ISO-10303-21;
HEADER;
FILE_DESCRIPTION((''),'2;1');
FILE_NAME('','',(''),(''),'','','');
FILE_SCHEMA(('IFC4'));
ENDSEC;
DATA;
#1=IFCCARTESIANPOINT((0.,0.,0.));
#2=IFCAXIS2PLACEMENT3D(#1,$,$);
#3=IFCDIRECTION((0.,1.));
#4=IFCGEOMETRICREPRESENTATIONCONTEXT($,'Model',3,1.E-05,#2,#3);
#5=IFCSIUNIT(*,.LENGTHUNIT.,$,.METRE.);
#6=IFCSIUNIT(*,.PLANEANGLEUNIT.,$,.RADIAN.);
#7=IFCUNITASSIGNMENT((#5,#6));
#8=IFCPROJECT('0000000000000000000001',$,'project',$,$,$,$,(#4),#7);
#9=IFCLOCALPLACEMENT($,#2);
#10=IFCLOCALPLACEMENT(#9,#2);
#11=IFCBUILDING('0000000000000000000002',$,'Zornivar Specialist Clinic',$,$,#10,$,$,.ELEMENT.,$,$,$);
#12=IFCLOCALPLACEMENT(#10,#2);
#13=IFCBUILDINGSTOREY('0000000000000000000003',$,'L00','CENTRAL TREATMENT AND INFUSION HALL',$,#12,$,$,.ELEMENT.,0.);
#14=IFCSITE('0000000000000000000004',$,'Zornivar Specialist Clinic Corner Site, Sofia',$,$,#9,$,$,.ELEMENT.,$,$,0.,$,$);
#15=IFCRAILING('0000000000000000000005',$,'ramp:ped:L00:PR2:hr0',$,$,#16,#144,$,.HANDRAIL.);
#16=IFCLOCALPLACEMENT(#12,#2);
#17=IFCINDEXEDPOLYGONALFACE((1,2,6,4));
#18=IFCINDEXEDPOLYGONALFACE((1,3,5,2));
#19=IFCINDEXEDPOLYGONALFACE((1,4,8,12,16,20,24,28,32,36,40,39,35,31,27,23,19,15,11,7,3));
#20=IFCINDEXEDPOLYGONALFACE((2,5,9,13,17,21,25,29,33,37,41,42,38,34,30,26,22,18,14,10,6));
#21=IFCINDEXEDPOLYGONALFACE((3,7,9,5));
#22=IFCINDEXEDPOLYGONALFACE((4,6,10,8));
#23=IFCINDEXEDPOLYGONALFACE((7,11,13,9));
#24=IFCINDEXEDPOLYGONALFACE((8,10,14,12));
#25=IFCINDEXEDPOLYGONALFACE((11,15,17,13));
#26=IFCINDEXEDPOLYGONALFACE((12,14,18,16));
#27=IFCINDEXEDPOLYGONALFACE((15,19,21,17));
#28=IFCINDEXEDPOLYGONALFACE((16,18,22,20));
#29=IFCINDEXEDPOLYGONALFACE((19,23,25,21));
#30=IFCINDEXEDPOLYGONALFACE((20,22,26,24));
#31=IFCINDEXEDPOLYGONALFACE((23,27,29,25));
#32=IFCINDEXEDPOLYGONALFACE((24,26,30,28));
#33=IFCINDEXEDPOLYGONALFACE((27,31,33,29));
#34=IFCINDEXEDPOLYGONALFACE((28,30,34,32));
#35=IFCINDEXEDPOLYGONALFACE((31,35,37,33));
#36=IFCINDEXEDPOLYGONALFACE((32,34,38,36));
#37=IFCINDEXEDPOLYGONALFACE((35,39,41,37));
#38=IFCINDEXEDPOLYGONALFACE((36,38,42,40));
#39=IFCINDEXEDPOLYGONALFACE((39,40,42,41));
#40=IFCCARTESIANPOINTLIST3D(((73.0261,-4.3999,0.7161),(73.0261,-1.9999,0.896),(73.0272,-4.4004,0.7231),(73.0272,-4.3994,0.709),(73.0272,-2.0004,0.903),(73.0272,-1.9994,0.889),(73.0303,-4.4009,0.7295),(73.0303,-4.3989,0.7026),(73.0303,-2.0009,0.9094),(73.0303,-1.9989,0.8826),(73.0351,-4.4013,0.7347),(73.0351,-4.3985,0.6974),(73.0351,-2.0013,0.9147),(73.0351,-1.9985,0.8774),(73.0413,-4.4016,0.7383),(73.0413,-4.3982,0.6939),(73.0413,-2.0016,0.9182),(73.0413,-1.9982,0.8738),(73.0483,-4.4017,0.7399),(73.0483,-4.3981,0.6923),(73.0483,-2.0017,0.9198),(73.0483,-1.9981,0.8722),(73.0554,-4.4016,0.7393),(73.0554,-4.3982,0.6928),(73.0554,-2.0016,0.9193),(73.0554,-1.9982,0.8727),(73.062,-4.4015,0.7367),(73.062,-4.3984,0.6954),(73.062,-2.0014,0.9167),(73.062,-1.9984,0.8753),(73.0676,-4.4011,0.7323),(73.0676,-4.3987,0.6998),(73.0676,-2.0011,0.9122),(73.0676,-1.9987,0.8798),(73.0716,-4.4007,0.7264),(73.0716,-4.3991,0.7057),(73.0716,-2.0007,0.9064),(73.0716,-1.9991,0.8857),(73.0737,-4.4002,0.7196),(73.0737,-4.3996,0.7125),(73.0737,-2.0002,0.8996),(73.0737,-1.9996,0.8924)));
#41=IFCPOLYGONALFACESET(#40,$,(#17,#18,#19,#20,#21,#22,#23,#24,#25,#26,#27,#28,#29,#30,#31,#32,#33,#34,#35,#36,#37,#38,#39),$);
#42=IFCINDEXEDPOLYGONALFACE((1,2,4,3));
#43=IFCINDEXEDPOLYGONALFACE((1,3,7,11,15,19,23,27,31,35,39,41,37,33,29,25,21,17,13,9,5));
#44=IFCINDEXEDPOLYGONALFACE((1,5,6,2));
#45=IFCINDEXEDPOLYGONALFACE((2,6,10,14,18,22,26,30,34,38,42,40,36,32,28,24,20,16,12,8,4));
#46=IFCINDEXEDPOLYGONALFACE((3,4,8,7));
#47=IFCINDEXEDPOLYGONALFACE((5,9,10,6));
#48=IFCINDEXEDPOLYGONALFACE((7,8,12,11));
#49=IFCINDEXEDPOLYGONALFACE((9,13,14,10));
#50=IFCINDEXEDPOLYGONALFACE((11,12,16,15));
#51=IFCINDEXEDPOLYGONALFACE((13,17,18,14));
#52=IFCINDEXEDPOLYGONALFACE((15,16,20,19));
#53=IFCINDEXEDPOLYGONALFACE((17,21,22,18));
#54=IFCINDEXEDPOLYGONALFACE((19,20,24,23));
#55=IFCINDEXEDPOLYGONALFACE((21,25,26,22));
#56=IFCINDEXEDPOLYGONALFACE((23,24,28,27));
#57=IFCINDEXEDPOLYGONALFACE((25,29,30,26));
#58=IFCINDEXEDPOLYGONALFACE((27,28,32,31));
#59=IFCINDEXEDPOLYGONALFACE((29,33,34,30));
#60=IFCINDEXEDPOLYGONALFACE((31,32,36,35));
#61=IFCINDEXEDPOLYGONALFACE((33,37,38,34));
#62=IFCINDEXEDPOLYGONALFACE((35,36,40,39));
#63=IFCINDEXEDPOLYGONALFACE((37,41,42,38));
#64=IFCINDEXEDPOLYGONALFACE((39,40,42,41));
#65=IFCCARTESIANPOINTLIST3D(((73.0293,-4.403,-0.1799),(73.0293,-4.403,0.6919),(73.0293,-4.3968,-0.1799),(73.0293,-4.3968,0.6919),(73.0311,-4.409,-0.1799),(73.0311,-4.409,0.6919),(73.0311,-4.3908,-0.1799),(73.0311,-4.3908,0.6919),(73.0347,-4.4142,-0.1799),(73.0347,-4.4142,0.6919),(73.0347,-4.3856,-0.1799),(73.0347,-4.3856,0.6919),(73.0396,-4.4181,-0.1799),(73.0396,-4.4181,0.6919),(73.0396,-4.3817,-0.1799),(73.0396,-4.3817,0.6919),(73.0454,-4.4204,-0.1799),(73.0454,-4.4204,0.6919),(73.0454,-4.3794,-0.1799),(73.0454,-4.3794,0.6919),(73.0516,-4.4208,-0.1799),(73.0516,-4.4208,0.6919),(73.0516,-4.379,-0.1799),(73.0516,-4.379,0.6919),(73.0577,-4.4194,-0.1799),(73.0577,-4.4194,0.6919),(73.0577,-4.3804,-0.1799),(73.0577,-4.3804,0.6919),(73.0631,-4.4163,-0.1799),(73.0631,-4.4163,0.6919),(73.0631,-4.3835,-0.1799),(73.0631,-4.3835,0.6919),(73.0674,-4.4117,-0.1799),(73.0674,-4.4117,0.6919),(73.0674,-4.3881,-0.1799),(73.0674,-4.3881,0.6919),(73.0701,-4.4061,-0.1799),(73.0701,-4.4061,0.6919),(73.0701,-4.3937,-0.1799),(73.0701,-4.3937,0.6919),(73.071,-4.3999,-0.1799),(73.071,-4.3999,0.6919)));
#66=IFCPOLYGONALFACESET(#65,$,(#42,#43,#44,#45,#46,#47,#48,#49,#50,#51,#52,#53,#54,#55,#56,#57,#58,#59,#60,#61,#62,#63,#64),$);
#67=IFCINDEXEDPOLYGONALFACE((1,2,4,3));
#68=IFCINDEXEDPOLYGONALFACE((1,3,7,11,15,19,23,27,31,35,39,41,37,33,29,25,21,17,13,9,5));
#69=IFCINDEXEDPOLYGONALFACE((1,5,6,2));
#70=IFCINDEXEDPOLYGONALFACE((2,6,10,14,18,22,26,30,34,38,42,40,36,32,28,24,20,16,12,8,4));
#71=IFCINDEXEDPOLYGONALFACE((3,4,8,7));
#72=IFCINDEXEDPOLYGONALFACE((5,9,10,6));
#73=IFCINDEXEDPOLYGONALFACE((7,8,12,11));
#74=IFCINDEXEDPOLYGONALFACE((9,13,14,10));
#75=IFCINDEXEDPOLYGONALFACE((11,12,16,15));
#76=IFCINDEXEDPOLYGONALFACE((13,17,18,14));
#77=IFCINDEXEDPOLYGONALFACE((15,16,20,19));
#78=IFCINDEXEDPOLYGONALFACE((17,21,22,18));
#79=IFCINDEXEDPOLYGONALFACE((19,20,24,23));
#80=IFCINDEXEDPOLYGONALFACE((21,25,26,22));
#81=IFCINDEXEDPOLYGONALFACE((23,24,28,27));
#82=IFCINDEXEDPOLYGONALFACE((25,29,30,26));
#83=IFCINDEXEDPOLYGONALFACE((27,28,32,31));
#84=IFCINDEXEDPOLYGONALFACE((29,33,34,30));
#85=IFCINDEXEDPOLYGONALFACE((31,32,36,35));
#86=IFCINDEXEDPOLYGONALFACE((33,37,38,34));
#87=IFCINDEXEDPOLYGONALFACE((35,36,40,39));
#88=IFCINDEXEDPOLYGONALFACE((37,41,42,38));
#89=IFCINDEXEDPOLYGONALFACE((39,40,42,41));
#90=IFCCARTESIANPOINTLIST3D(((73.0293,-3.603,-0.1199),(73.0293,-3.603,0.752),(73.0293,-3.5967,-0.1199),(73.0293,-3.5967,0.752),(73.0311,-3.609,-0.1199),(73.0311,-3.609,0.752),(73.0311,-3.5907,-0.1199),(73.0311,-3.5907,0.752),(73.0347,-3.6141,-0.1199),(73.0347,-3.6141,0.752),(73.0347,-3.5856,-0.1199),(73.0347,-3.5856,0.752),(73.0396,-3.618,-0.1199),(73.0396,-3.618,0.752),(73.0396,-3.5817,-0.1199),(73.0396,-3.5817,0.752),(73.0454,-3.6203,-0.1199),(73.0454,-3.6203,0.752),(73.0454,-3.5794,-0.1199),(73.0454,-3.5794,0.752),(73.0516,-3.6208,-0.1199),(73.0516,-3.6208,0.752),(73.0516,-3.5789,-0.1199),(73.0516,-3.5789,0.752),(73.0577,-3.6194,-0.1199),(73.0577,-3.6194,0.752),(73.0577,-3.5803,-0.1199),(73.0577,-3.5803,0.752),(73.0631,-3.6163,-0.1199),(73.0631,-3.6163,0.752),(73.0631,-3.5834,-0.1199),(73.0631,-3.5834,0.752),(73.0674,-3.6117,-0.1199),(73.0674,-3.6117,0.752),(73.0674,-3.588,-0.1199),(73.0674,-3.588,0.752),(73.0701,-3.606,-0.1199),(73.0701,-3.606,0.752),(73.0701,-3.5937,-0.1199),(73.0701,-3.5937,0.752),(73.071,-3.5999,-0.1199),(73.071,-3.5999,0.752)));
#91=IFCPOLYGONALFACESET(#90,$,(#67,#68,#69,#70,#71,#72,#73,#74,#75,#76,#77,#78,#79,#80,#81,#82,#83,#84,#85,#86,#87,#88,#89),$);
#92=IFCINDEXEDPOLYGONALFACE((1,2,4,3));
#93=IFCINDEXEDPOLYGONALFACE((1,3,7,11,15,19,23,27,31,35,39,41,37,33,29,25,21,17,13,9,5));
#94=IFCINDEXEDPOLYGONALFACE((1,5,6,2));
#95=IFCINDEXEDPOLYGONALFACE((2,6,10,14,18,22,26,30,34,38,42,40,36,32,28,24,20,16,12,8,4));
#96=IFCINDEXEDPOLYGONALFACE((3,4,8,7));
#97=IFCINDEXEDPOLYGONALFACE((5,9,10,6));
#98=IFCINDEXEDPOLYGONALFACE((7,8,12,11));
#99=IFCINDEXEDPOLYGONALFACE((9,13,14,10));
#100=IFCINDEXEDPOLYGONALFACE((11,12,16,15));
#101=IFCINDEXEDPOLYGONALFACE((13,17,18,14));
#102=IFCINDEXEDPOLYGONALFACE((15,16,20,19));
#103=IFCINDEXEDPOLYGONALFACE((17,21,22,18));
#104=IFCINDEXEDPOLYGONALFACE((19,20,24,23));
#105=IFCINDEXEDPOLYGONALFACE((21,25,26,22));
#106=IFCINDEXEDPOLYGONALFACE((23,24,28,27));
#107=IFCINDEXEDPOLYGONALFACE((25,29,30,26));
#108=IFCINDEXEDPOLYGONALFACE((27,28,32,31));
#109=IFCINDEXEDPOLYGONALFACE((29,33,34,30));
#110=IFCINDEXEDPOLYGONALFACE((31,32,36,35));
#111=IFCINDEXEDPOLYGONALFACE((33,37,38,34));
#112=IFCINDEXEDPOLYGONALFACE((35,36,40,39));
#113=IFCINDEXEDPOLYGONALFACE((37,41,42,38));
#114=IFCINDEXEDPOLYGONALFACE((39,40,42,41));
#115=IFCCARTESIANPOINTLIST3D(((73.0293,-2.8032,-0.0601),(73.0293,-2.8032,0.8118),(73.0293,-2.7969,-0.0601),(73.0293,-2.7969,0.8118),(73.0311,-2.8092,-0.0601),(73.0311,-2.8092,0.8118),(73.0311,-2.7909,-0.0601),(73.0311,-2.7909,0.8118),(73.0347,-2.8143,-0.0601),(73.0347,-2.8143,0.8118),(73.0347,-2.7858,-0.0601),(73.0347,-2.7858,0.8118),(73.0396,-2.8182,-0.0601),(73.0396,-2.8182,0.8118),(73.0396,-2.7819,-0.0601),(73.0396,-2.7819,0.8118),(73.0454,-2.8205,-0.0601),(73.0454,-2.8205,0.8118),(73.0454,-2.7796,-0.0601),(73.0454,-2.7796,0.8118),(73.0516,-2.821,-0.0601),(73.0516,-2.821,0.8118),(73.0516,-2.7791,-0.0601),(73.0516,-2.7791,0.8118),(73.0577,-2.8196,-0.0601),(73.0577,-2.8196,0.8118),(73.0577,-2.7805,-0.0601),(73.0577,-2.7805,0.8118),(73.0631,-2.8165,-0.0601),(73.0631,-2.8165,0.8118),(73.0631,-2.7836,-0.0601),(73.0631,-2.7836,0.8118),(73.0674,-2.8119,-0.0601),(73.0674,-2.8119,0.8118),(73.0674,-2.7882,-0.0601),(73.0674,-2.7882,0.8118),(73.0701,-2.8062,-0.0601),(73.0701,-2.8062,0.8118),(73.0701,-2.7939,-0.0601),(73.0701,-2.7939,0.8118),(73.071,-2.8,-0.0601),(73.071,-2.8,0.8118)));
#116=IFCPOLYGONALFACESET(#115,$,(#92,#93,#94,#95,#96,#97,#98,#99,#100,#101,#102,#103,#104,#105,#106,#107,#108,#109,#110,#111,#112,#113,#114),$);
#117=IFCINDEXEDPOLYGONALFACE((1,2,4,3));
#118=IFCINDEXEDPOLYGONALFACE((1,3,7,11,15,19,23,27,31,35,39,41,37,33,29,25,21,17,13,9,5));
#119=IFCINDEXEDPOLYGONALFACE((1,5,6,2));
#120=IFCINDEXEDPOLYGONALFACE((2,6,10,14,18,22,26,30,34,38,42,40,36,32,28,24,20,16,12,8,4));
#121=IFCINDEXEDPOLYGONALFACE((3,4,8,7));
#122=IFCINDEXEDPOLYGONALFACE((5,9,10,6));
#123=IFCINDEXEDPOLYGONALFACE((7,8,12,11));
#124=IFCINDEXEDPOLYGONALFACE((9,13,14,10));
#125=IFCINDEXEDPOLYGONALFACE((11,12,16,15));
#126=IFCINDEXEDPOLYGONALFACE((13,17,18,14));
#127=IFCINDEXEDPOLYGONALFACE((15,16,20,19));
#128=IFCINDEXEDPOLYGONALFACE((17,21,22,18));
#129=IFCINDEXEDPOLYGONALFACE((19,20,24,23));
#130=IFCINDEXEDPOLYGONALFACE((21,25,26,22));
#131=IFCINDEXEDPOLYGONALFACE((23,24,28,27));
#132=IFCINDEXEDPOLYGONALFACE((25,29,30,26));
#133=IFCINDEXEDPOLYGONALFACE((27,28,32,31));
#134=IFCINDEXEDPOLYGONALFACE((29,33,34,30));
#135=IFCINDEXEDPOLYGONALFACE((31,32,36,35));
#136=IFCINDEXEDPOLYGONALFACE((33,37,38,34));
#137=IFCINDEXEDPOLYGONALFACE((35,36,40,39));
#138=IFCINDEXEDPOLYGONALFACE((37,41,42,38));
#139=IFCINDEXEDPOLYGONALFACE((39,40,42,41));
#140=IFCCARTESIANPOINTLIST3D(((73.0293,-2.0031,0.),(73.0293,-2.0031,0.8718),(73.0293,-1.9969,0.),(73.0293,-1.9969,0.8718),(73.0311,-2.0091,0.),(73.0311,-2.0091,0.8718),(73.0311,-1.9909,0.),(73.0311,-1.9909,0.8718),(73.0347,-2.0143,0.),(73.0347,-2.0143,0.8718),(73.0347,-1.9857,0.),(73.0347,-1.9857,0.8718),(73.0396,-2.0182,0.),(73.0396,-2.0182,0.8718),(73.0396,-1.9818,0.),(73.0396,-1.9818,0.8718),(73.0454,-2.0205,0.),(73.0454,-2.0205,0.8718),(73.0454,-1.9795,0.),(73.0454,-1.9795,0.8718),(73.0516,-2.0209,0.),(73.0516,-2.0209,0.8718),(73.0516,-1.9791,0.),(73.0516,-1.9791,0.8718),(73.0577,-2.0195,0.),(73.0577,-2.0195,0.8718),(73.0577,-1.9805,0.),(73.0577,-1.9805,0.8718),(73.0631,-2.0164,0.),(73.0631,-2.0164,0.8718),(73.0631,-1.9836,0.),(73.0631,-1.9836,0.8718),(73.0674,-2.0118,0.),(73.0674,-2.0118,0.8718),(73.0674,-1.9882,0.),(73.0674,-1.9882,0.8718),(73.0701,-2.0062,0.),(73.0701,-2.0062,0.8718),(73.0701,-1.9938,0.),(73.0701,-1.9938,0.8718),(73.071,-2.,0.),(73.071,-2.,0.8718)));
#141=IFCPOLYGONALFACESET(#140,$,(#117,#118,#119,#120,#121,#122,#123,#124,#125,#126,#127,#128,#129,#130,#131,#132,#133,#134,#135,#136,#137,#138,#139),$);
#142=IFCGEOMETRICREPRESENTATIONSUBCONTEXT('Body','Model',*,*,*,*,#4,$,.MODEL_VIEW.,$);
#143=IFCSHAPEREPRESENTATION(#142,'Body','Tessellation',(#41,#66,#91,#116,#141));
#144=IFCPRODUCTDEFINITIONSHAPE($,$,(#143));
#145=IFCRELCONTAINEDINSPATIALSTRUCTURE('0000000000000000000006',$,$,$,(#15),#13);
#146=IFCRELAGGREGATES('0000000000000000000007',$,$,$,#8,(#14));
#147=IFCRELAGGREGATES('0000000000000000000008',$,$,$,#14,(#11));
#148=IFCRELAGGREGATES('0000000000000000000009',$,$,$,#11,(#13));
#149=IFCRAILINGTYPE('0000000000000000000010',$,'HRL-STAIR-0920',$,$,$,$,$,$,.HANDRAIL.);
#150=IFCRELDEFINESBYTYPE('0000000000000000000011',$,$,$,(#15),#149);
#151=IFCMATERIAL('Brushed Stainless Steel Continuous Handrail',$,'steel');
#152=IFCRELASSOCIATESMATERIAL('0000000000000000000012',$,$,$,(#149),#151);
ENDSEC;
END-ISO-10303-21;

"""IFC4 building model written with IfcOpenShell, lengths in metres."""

from ifc_helpers import new_model, si_unit, direction, frame, origin, origin_2d, place, context, subcontext, project, spatial, circle, extrude, material, type_object, element, save


model = new_model("IFC4")

# Units and contexts
model_context = context("Model", 3, precision=1e-05, world=origin(), true_north=direction((0.0, 1.0)))
body_context = subcontext(model_context, "Body", "Model", "MODEL_VIEW")
ifc_project = project(units=[si_unit("LENGTHUNIT", "METRE"), si_unit("PLANEANGLEUNIT", "RADIAN")], contexts=[model_context])

# Site, building, storey
site_placement = place(None, origin())
site = spatial("IfcSite", under=ifc_project, at=site_placement, Name="Zornivar Specialist Clinic Corner Site, Sofia", CompositionType="ELEMENT", RefElevation=0.0)
building_placement = place(site_placement, origin())
building = spatial("IfcBuilding", under=site, at=building_placement, Name="Zornivar Specialist Clinic", CompositionType="ELEMENT")
storey_placement = place(building_placement, origin())
storey = spatial("IfcBuildingStorey", under=building, at=storey_placement, Name="L00", Description="CENTRAL TREATMENT AND INFUSION HALL", CompositionType="ELEMENT", Elevation=0.0)

# Railing
ifc_material_1 = material(Name="Brushed Stainless Steel Continuous Handrail", Category="steel")
railing_type = type_object("IfcRailingType", Name="HRL-STAIR-0920", PredefinedType="HANDRAIL", material=ifc_material_1)
for number, where, name in (
    (1, (73.05, -4.3999, -0.1799), "ramp:ped:L00:PR2:hr0"),
):
    element("IfcRailing", number, at=place(storey_placement, frame(where)), inside=storey, type_object=railing_type, Name=name, PredefinedType="HANDRAIL", context=body_context, shape_type="SweptSolid", body=[
        extrude(circle(Radius=0.0239, at=origin_2d()), frame((0.0, 0.0, 0.896), z_axis=(0.0, 0.997201, 0.074765), x_axis=(-1.0, 0.0, 0.0)), (0.0, 0.0, 1.0), 2.4067),
        extrude(circle(Radius=0.021, at=origin_2d()), origin(), (0.0, 0.0, 1.0), 0.8718),
        extrude(circle(Radius=0.021, at=origin_2d()), frame((0.0, 0.8, 0.0601)), (0.0, 0.0, 1.0), 0.8718),
        extrude(circle(Radius=0.021, at=origin_2d()), frame((0.0, 1.5999, 0.1199)), (0.0, 0.0, 1.0), 0.8718),
        extrude(circle(Radius=0.021, at=origin_2d()), frame((0.0, 2.3999, 0.1799)), (0.0, 0.0, 1.0), 0.8718),
    ])

save(model, "model.ifc")
